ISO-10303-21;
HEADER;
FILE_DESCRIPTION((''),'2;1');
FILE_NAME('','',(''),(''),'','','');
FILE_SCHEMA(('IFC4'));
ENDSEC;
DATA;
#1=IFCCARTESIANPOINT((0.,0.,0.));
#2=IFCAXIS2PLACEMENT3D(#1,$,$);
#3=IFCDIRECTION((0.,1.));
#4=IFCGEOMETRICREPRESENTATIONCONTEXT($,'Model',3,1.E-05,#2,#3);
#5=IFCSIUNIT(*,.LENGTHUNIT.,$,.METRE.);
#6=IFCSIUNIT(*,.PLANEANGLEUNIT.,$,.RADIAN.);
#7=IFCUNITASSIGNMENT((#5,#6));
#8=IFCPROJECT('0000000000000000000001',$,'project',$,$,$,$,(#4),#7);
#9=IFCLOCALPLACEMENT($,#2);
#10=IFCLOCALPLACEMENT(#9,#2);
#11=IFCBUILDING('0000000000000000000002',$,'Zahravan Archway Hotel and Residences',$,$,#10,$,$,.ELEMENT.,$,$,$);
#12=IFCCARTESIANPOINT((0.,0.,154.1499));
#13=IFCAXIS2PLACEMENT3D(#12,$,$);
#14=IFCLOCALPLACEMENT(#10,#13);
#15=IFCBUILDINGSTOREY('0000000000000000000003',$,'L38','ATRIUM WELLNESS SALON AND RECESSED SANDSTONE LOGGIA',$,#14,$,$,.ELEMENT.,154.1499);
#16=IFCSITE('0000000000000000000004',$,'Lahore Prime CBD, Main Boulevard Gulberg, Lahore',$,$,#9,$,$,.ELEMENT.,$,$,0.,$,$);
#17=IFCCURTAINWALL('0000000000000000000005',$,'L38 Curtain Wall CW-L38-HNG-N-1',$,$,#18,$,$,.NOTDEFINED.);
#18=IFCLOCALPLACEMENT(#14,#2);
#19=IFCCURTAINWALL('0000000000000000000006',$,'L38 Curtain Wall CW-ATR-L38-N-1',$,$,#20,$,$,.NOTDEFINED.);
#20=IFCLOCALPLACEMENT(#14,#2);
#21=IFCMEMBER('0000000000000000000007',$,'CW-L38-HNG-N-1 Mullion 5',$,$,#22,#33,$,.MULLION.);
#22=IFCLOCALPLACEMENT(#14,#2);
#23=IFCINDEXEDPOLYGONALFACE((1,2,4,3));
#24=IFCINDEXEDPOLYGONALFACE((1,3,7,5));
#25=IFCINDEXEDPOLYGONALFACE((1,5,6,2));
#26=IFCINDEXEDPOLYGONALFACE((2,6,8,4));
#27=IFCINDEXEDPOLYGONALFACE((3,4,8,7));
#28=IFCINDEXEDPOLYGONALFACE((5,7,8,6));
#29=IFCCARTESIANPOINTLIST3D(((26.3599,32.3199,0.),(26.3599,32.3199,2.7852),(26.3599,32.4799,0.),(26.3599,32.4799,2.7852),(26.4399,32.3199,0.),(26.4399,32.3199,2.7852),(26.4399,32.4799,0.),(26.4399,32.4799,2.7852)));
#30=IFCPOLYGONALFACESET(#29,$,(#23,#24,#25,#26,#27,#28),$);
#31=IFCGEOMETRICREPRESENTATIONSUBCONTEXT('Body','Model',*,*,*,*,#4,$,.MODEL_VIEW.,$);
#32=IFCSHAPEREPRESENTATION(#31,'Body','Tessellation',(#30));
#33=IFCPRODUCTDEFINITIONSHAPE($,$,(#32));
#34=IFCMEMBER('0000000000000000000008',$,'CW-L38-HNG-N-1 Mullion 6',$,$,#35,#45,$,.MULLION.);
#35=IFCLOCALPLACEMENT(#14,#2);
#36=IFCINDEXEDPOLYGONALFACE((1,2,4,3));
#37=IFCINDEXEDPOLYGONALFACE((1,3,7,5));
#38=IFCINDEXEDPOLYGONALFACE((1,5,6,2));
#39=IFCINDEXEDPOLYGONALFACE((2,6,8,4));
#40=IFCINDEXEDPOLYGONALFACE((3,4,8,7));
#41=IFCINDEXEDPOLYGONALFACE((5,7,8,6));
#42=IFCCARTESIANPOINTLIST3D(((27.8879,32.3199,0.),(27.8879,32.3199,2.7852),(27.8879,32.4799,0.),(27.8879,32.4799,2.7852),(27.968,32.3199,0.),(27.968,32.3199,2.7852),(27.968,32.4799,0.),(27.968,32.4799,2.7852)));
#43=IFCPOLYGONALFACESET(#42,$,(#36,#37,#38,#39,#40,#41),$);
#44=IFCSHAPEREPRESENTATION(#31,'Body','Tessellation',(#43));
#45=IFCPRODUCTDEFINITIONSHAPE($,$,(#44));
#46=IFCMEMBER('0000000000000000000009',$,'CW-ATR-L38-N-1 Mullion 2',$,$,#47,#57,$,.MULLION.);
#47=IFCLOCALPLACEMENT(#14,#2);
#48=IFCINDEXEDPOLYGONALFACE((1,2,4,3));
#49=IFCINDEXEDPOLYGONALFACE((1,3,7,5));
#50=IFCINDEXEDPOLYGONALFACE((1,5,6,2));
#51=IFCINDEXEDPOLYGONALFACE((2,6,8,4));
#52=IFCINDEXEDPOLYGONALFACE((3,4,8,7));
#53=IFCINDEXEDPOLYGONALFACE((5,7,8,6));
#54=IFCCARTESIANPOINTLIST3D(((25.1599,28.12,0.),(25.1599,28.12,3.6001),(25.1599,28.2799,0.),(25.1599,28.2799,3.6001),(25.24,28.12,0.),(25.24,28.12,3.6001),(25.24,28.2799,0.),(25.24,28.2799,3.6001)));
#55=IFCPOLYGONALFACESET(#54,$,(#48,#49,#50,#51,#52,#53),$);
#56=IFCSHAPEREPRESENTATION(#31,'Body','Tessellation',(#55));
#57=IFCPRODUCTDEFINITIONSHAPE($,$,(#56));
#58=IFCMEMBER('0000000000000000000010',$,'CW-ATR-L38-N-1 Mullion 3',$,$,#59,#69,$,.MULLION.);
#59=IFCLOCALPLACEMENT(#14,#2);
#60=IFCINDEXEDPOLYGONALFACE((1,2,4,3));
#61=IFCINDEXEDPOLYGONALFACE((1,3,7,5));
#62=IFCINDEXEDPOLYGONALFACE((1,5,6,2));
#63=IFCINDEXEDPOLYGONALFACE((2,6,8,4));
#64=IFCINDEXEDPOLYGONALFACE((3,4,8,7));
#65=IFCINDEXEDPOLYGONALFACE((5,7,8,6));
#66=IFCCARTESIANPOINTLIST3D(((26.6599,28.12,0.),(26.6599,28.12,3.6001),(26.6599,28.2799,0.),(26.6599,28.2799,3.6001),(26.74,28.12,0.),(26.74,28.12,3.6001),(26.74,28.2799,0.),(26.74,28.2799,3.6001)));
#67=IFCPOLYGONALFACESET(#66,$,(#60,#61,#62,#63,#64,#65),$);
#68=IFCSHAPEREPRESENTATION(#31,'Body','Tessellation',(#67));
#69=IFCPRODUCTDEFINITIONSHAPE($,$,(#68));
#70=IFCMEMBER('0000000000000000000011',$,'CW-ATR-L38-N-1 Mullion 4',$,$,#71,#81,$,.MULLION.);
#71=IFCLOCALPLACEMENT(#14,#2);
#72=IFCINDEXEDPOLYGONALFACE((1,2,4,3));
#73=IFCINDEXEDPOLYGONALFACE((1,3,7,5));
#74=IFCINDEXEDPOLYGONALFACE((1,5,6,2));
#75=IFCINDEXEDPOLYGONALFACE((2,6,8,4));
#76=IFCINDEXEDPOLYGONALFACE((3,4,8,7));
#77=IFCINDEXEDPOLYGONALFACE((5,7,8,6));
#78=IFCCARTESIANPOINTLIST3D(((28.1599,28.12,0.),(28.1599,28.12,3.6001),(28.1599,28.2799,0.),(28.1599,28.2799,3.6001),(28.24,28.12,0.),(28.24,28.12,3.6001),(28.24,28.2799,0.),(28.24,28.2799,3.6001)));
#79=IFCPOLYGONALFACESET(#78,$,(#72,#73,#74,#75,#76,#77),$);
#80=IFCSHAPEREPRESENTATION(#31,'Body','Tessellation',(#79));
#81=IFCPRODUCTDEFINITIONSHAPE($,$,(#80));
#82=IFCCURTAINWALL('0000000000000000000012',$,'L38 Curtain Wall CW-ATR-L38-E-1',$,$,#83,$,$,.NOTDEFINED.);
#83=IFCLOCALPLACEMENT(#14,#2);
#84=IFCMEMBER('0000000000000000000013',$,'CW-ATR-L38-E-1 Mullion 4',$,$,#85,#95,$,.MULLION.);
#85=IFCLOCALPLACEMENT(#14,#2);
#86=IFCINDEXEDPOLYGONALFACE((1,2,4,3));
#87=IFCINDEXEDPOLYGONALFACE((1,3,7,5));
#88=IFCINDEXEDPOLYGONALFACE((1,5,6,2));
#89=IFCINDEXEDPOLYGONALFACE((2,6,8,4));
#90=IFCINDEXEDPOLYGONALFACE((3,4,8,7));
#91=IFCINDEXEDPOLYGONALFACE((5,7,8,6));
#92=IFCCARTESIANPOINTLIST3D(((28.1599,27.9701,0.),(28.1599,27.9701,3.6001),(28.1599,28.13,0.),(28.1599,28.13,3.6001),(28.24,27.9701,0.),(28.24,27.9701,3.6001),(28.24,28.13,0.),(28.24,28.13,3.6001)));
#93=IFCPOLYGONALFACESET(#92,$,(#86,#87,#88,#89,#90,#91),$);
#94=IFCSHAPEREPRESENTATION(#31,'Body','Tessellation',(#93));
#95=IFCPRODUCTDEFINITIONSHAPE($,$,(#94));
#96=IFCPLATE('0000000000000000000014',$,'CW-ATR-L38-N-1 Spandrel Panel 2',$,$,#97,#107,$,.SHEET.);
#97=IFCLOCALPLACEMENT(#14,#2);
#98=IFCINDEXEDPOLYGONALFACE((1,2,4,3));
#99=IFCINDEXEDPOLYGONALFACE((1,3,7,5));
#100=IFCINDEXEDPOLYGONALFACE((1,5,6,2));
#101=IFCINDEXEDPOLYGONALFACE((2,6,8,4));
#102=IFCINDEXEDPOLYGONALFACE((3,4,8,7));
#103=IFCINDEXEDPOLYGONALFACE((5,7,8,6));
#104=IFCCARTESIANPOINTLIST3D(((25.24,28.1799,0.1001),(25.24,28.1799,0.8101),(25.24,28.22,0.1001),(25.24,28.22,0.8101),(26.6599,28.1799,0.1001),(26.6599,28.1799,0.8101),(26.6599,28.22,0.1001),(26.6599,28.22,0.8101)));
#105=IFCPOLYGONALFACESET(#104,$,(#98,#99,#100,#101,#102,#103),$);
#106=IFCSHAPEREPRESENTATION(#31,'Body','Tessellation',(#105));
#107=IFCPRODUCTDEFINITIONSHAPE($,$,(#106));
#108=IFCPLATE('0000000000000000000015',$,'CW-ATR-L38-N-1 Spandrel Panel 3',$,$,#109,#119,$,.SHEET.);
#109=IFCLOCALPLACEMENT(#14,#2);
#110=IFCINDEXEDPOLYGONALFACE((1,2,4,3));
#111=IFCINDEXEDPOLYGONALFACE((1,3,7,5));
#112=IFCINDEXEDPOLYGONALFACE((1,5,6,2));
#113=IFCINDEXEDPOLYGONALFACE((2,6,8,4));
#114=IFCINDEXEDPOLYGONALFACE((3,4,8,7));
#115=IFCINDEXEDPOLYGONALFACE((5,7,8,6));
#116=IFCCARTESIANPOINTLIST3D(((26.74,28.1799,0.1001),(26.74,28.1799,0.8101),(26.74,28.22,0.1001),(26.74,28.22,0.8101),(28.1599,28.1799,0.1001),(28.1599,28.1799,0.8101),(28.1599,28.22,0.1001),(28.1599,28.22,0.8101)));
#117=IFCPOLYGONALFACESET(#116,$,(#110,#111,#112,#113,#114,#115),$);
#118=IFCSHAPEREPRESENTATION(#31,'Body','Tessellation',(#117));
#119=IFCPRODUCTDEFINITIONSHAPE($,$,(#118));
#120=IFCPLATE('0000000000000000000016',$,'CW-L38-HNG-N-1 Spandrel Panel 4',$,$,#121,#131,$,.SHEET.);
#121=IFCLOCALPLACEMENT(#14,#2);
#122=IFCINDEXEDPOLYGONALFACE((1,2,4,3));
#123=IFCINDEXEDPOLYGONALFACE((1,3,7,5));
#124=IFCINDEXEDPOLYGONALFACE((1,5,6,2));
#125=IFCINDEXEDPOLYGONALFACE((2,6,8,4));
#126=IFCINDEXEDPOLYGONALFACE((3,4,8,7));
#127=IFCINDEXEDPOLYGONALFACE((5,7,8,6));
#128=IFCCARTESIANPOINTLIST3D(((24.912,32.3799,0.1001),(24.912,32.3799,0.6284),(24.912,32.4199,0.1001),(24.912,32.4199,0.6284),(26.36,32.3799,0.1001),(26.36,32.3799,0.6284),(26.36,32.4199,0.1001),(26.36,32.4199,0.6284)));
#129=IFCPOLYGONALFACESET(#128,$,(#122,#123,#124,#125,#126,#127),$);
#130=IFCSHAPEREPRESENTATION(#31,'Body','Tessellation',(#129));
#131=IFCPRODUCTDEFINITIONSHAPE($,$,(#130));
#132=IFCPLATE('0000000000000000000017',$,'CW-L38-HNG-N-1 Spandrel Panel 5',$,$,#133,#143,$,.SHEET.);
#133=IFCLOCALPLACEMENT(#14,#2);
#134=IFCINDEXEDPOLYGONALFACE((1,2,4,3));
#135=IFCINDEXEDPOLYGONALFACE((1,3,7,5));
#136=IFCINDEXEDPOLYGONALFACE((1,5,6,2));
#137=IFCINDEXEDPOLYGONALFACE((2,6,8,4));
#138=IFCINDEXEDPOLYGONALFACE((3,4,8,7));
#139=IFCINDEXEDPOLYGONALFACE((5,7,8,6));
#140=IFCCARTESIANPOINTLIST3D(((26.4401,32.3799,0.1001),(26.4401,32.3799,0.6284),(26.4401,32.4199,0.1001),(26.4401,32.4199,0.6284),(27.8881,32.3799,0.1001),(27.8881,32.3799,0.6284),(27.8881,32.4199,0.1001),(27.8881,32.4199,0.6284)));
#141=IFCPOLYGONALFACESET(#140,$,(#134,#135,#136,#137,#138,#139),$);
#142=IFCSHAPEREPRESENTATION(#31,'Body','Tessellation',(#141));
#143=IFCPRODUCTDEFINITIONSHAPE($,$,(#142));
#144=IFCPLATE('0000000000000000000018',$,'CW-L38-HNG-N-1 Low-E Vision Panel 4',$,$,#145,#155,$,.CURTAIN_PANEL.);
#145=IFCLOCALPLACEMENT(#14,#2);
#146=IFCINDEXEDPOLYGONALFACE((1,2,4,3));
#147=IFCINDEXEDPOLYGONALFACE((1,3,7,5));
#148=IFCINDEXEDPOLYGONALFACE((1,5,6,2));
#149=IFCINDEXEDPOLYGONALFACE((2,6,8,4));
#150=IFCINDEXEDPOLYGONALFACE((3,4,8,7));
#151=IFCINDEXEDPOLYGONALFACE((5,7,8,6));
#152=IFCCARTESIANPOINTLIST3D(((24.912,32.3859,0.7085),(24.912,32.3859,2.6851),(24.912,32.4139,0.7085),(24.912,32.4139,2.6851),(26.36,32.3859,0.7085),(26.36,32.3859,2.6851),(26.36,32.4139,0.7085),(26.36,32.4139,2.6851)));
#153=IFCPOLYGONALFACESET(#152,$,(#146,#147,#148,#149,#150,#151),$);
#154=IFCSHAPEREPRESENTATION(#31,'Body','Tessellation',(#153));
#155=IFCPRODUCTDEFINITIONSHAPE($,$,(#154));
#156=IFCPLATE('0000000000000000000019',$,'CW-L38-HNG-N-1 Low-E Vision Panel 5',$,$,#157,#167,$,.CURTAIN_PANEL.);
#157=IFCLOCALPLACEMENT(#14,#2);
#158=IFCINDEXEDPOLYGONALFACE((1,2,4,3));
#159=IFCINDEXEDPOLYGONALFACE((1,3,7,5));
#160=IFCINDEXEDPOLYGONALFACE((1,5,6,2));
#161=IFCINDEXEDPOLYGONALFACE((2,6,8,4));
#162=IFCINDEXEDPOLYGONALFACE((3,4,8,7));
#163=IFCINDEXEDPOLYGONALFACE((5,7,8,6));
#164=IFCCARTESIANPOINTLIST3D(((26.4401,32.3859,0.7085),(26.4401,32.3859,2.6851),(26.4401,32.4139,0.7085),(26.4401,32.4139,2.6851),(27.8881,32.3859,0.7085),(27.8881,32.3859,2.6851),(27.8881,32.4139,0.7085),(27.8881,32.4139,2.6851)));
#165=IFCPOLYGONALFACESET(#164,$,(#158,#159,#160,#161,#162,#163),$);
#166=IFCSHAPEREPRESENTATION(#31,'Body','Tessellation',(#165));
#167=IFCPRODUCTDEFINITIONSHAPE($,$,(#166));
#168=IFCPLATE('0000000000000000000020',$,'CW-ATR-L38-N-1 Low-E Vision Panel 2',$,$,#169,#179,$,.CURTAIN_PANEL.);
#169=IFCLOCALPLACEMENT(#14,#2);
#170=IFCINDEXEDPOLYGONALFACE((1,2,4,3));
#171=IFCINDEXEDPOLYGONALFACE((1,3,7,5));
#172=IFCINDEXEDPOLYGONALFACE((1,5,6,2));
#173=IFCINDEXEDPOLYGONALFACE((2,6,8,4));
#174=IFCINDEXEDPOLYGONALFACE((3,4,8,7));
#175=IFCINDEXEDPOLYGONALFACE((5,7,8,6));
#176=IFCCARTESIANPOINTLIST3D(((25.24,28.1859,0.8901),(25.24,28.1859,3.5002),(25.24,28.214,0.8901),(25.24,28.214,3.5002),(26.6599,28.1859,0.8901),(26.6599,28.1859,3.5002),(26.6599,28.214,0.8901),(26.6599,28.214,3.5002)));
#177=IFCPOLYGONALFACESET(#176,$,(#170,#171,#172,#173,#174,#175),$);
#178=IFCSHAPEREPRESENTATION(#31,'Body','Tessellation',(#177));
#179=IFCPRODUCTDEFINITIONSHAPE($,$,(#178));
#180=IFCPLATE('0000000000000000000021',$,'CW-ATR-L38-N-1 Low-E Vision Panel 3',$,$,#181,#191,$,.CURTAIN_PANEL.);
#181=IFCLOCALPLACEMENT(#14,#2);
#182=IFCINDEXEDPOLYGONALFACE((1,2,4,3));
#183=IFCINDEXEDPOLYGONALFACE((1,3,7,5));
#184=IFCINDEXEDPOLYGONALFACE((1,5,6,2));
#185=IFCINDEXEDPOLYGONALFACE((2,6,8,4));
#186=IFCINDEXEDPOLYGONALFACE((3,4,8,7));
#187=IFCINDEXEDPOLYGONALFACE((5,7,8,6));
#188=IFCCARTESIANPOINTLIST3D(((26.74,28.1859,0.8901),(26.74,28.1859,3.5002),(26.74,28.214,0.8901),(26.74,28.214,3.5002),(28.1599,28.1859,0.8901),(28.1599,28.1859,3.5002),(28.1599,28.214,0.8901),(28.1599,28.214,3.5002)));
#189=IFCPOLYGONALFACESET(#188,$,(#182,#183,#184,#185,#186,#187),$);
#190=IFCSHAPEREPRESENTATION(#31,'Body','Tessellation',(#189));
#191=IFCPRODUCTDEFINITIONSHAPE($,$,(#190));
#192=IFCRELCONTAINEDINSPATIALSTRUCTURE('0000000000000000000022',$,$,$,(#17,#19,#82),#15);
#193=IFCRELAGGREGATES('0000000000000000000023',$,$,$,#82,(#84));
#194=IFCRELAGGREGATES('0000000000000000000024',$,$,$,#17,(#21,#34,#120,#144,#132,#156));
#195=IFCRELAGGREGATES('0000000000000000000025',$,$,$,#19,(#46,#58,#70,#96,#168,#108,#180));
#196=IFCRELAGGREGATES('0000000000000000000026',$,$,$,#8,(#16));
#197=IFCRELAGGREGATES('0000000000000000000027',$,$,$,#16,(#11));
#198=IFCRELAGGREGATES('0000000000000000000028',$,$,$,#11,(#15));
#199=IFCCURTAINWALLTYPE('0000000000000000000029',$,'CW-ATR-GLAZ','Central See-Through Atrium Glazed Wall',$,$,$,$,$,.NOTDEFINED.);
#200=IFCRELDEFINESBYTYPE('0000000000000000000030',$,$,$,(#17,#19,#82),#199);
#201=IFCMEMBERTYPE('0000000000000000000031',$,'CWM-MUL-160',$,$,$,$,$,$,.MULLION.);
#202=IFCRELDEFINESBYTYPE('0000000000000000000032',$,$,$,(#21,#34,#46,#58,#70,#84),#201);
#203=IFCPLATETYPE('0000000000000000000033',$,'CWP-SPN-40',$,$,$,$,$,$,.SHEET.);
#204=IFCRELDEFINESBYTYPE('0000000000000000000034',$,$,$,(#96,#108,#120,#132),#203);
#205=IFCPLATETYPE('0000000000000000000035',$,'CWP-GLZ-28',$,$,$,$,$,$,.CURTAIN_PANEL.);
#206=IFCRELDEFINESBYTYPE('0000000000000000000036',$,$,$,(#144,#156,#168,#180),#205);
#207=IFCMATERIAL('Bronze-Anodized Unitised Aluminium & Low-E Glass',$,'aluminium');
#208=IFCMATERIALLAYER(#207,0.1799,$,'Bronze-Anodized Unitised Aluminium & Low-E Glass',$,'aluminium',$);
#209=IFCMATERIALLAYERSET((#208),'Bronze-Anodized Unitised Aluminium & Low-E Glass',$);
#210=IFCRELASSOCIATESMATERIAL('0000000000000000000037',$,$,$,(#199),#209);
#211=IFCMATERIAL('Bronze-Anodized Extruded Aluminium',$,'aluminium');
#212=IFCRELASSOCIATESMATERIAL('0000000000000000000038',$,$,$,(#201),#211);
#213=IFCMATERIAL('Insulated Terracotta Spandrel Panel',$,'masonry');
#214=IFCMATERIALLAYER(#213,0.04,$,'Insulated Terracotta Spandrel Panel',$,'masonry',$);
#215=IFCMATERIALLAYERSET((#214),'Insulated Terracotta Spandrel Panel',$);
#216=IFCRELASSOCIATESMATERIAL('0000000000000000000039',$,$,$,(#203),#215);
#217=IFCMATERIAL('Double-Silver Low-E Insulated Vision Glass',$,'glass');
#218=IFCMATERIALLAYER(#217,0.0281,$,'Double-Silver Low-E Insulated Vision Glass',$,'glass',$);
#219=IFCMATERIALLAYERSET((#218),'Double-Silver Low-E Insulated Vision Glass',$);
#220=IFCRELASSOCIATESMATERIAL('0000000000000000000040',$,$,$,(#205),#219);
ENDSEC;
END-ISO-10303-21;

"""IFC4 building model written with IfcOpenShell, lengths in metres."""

from ifc_helpers import new_model, si_unit, direction, frame, origin, origin_2d, place, context, subcontext, project, spatial, rectangle, extrude, source, transform, mapped, material, layer, layer_set, material_profile, profile_set, type_object, element, aggregate, save


model = new_model("IFC4")

# Units and contexts
model_context = context("Model", 3, precision=1e-05, world=origin(), true_north=direction((0.0, 1.0)))
body_context = subcontext(model_context, "Body", "Model", "MODEL_VIEW")
ifc_project = project(units=[si_unit("LENGTHUNIT", "METRE"), si_unit("PLANEANGLEUNIT", "RADIAN")], contexts=[model_context])

# Site, building, storey
site_placement = place(None, origin())
site = spatial("IfcSite", under=ifc_project, at=site_placement, Name="Lahore Prime CBD, Main Boulevard Gulberg, Lahore", CompositionType="ELEMENT", RefElevation=0.0)
building_placement = place(site_placement, origin())
building = spatial("IfcBuilding", under=site, at=building_placement, Name="Zahravan Archway Hotel and Residences", CompositionType="ELEMENT")
storey_placement = place(building_placement, frame((0.0, 0.0, 154.1499)))
storey = spatial("IfcBuildingStorey", under=building, at=storey_placement, Name="L38", Description="ATRIUM WELLNESS SALON AND RECESSED SANDSTONE LOGGIA", CompositionType="ELEMENT", Elevation=154.1499)

# Curtain walls
ifc_material_1 = material(Name="Bronze-Anodized Unitised Aluminium & Low-E Glass", Category="aluminium")
ifc_layer_1 = layer(ifc_material_1, 0.1799, Name="Bronze-Anodized Unitised Aluminium & Low-E Glass", Category="aluminium")
ifc_layer_set_1 = layer_set([ifc_layer_1], Name="Bronze-Anodized Unitised Aluminium & Low-E Glass")
curtain_wall_type = type_object("IfcCurtainWallType", Name="CW-ATR-GLAZ", Description="Central See-Through Atrium Glazed Wall", PredefinedType="NOTDEFINED", material=ifc_layer_set_1)
curtain_wall_1_placement = place(storey_placement, origin())
curtain_wall_1 = element("IfcCurtainWall", 1, at=curtain_wall_1_placement, inside=storey, type_object=curtain_wall_type, Name="L38 Curtain Wall CW-L38-HNG-N-1", PredefinedType="NOTDEFINED")
ifc_material_2 = material(Name="Bronze-Anodized Extruded Aluminium", Category="aluminium")
curtain_wall_2_placement = place(storey_placement, origin())
curtain_wall_2 = element("IfcCurtainWall", 2, at=curtain_wall_2_placement, inside=storey, type_object=curtain_wall_type, Name="L38 Curtain Wall CW-ATR-L38-N-1", PredefinedType="NOTDEFINED")

# Members
ifc_material_profile_1 = material_profile(ifc_material_2, rectangle(XDim=0.0801, YDim=0.1599, at=origin_2d()), Name="MUL 80x160", Category="aluminium")
ifc_profile_set_1 = profile_set([ifc_material_profile_1], Name="Bronze-Anodized Extruded Aluminium")
member_type_1 = type_object("IfcMemberType", Name="CWM-MUL-160", PredefinedType="MULLION", material=ifc_profile_set_1)
shared_shape_1 = source(origin(), body_context, "Body", "SweptSolid", [
    extrude(rectangle(XDim=0.0801, YDim=0.1599, at=origin_2d()), origin(), (0.0, 0.0, 1.0), 2.7852),
])
member_1_placement = place(storey_placement, frame((26.3999, 32.3999, 0.0), z_axis=(0.0, 0.0, 1.0), x_axis=(1.0, 0.0, 0.0)))
member_1 = element("IfcMember", 3, at=member_1_placement, type_object=member_type_1, Name="CW-L38-HNG-N-1 Mullion 5", PredefinedType="MULLION", context=body_context, shape_type="MappedRepresentation", body=[
    mapped(shared_shape_1, transform((0.0, 0.0, 0.0), scale=1.0)),
])
member_2_placement = place(storey_placement, frame((27.928, 32.3999, 0.0), z_axis=(0.0, 0.0, 1.0), x_axis=(1.0, 0.0, 0.0)))
member_2 = element("IfcMember", 4, at=member_2_placement, type_object=member_type_1, Name="CW-L38-HNG-N-1 Mullion 6", PredefinedType="MULLION", context=body_context, shape_type="MappedRepresentation", body=[
    mapped(shared_shape_1, transform((0.0, 0.0, 0.0), scale=1.0)),
])
shared_shape_2 = source(origin(), body_context, "Body", "SweptSolid", [
    extrude(rectangle(XDim=0.0801, YDim=0.1599, at=origin_2d()), origin(), (0.0, 0.0, 1.0), 3.6001),
])
member_3_placement = place(storey_placement, frame((25.2, 28.2, 0.0), z_axis=(0.0, 0.0, 1.0), x_axis=(1.0, 0.0, 0.0)))
member_3 = element("IfcMember", 5, at=member_3_placement, type_object=member_type_1, Name="CW-ATR-L38-N-1 Mullion 2", PredefinedType="MULLION", context=body_context, shape_type="MappedRepresentation", body=[
    mapped(shared_shape_2, transform((0.0, 0.0, 0.0), scale=1.0)),
])
member_4_placement = place(storey_placement, frame((26.7, 28.2, 0.0), z_axis=(0.0, 0.0, 1.0), x_axis=(1.0, 0.0, 0.0)))
member_4 = element("IfcMember", 6, at=member_4_placement, type_object=member_type_1, Name="CW-ATR-L38-N-1 Mullion 3", PredefinedType="MULLION", context=body_context, shape_type="MappedRepresentation", body=[
    mapped(shared_shape_2, transform((0.0, 0.0, 0.0), scale=1.0)),
])
member_5_placement = place(storey_placement, frame((28.2, 28.2, 0.0), z_axis=(0.0, 0.0, 1.0), x_axis=(1.0, 0.0, 0.0)))
member_5 = element("IfcMember", 7, at=member_5_placement, type_object=member_type_1, Name="CW-ATR-L38-N-1 Mullion 4", PredefinedType="MULLION", context=body_context, shape_type="MappedRepresentation", body=[
    mapped(shared_shape_2, transform((0.0, 0.0, 0.0), scale=1.0)),
])

# Curtain wall, member
curtain_wall_3_placement = place(storey_placement, origin())
curtain_wall_3 = element("IfcCurtainWall", 8, at=curtain_wall_3_placement, inside=storey, type_object=curtain_wall_type, Name="L38 Curtain Wall CW-ATR-L38-E-1", PredefinedType="NOTDEFINED")
member_6_placement = place(storey_placement, frame((28.2, 28.05, 0.0), z_axis=(0.0, 0.0, 1.0), x_axis=(1.0, 0.0, 0.0)))
member_6 = element("IfcMember", 9, at=member_6_placement, type_object=member_type_1, Name="CW-ATR-L38-E-1 Mullion 4", PredefinedType="MULLION", context=body_context, shape_type="MappedRepresentation", body=[
    mapped(shared_shape_2, transform((0.0, 0.0, 0.0), scale=1.0)),
])
aggregate(curtain_wall_3, [member_6])

# Plates
ifc_material_3 = material(Name="Insulated Terracotta Spandrel Panel", Category="masonry")
ifc_layer_2 = layer(ifc_material_3, 0.04, Name="Insulated Terracotta Spandrel Panel", Category="masonry")
ifc_layer_set_2 = layer_set([ifc_layer_2], Name="Insulated Terracotta Spandrel Panel")
plate_type_1 = type_object("IfcPlateType", Name="CWP-SPN-40", PredefinedType="SHEET", material=ifc_layer_set_2)
shared_shape_3 = source(origin(), body_context, "Body", "SweptSolid", [
    extrude(rectangle(XDim=1.4199, YDim=0.04, at=origin_2d()), origin(), (0.0, 0.0, 1.0), 0.71),
])
plate_1_placement = place(storey_placement, frame((25.95, 28.2, 0.1001), z_axis=(0.0, 0.0, 1.0), x_axis=(1.0, 0.0, 0.0)))
plate_1 = element("IfcPlate", 10, at=plate_1_placement, type_object=plate_type_1, Name="CW-ATR-L38-N-1 Spandrel Panel 2", PredefinedType="SHEET", context=body_context, shape_type="MappedRepresentation", body=[
    mapped(shared_shape_3, transform((0.0, 0.0, 0.0), scale=1.0)),
])
plate_2_placement = place(storey_placement, frame((27.45, 28.2, 0.1001), z_axis=(0.0, 0.0, 1.0), x_axis=(1.0, 0.0, 0.0)))
plate_2 = element("IfcPlate", 11, at=plate_2_placement, type_object=plate_type_1, Name="CW-ATR-L38-N-1 Spandrel Panel 3", PredefinedType="SHEET", context=body_context, shape_type="MappedRepresentation", body=[
    mapped(shared_shape_3, transform((0.0, 0.0, 0.0), scale=1.0)),
])
shared_shape_4 = source(origin(), body_context, "Body", "SweptSolid", [
    extrude(rectangle(XDim=1.448, YDim=0.04, at=origin_2d()), origin(), (0.0, 0.0, 1.0), 0.5283),
])
plate_3_placement = place(storey_placement, frame((25.636, 32.3999, 0.1001), z_axis=(0.0, 0.0, 1.0), x_axis=(1.0, 0.0, 0.0)))
plate_3 = element("IfcPlate", 12, at=plate_3_placement, type_object=plate_type_1, Name="CW-L38-HNG-N-1 Spandrel Panel 4", PredefinedType="SHEET", context=body_context, shape_type="MappedRepresentation", body=[
    mapped(shared_shape_4, transform((0.0, 0.0, 0.0), scale=1.0)),
])
plate_4_placement = place(storey_placement, frame((27.1641, 32.3999, 0.1001), z_axis=(0.0, 0.0, 1.0), x_axis=(1.0, 0.0, 0.0)))
plate_4 = element("IfcPlate", 13, at=plate_4_placement, type_object=plate_type_1, Name="CW-L38-HNG-N-1 Spandrel Panel 5", PredefinedType="SHEET", context=body_context, shape_type="MappedRepresentation", body=[
    mapped(shared_shape_4, transform((0.0, 0.0, 0.0), scale=1.0)),
])
ifc_material_4 = material(Name="Double-Silver Low-E Insulated Vision Glass", Category="glass")
ifc_layer_3 = layer(ifc_material_4, 0.0281, Name="Double-Silver Low-E Insulated Vision Glass", Category="glass")
ifc_layer_set_3 = layer_set([ifc_layer_3], Name="Double-Silver Low-E Insulated Vision Glass")
plate_type_2 = type_object("IfcPlateType", Name="CWP-GLZ-28", PredefinedType="CURTAIN_PANEL", material=ifc_layer_set_3)
shared_shape_5 = source(origin(), body_context, "Body", "SweptSolid", [
    extrude(rectangle(XDim=1.448, YDim=0.0281, at=origin_2d()), origin(), (0.0, 0.0, 1.0), 1.9766),
])
plate_5_placement = place(storey_placement, frame((25.636, 32.3999, 0.7085), z_axis=(0.0, 0.0, 1.0), x_axis=(1.0, 0.0, 0.0)))
plate_5 = element("IfcPlate", 14, at=plate_5_placement, type_object=plate_type_2, Name="CW-L38-HNG-N-1 Low-E Vision Panel 4", PredefinedType="CURTAIN_PANEL", context=body_context, shape_type="MappedRepresentation", body=[
    mapped(shared_shape_5, transform((0.0, 0.0, 0.0), scale=1.0)),
])
plate_6_placement = place(storey_placement, frame((27.1641, 32.3999, 0.7085), z_axis=(0.0, 0.0, 1.0), x_axis=(1.0, 0.0, 0.0)))
plate_6 = element("IfcPlate", 15, at=plate_6_placement, type_object=plate_type_2, Name="CW-L38-HNG-N-1 Low-E Vision Panel 5", PredefinedType="CURTAIN_PANEL", context=body_context, shape_type="MappedRepresentation", body=[
    mapped(shared_shape_5, transform((0.0, 0.0, 0.0), scale=1.0)),
])
aggregate(curtain_wall_1, [member_1, member_2, plate_3, plate_5, plate_4, plate_6])
shared_shape_6 = source(origin(), body_context, "Body", "SweptSolid", [
    extrude(rectangle(XDim=1.4199, YDim=0.0281, at=origin_2d()), origin(), (0.0, 0.0, 1.0), 2.6101),
])
plate_7_placement = place(storey_placement, frame((25.95, 28.2, 0.8901), z_axis=(0.0, 0.0, 1.0), x_axis=(1.0, 0.0, 0.0)))
plate_7 = element("IfcPlate", 16, at=plate_7_placement, type_object=plate_type_2, Name="CW-ATR-L38-N-1 Low-E Vision Panel 2", PredefinedType="CURTAIN_PANEL", context=body_context, shape_type="MappedRepresentation", body=[
    mapped(shared_shape_6, transform((0.0, 0.0, 0.0), scale=1.0)),
])
plate_8_placement = place(storey_placement, frame((27.45, 28.2, 0.8901), z_axis=(0.0, 0.0, 1.0), x_axis=(1.0, 0.0, 0.0)))
plate_8 = element("IfcPlate", 17, at=plate_8_placement, type_object=plate_type_2, Name="CW-ATR-L38-N-1 Low-E Vision Panel 3", PredefinedType="CURTAIN_PANEL", context=body_context, shape_type="MappedRepresentation", body=[
    mapped(shared_shape_6, transform((0.0, 0.0, 0.0), scale=1.0)),
])
aggregate(curtain_wall_2, [member_3, member_4, member_5, plate_1, plate_7, plate_2, plate_8])

save(model, "model.ifc")
